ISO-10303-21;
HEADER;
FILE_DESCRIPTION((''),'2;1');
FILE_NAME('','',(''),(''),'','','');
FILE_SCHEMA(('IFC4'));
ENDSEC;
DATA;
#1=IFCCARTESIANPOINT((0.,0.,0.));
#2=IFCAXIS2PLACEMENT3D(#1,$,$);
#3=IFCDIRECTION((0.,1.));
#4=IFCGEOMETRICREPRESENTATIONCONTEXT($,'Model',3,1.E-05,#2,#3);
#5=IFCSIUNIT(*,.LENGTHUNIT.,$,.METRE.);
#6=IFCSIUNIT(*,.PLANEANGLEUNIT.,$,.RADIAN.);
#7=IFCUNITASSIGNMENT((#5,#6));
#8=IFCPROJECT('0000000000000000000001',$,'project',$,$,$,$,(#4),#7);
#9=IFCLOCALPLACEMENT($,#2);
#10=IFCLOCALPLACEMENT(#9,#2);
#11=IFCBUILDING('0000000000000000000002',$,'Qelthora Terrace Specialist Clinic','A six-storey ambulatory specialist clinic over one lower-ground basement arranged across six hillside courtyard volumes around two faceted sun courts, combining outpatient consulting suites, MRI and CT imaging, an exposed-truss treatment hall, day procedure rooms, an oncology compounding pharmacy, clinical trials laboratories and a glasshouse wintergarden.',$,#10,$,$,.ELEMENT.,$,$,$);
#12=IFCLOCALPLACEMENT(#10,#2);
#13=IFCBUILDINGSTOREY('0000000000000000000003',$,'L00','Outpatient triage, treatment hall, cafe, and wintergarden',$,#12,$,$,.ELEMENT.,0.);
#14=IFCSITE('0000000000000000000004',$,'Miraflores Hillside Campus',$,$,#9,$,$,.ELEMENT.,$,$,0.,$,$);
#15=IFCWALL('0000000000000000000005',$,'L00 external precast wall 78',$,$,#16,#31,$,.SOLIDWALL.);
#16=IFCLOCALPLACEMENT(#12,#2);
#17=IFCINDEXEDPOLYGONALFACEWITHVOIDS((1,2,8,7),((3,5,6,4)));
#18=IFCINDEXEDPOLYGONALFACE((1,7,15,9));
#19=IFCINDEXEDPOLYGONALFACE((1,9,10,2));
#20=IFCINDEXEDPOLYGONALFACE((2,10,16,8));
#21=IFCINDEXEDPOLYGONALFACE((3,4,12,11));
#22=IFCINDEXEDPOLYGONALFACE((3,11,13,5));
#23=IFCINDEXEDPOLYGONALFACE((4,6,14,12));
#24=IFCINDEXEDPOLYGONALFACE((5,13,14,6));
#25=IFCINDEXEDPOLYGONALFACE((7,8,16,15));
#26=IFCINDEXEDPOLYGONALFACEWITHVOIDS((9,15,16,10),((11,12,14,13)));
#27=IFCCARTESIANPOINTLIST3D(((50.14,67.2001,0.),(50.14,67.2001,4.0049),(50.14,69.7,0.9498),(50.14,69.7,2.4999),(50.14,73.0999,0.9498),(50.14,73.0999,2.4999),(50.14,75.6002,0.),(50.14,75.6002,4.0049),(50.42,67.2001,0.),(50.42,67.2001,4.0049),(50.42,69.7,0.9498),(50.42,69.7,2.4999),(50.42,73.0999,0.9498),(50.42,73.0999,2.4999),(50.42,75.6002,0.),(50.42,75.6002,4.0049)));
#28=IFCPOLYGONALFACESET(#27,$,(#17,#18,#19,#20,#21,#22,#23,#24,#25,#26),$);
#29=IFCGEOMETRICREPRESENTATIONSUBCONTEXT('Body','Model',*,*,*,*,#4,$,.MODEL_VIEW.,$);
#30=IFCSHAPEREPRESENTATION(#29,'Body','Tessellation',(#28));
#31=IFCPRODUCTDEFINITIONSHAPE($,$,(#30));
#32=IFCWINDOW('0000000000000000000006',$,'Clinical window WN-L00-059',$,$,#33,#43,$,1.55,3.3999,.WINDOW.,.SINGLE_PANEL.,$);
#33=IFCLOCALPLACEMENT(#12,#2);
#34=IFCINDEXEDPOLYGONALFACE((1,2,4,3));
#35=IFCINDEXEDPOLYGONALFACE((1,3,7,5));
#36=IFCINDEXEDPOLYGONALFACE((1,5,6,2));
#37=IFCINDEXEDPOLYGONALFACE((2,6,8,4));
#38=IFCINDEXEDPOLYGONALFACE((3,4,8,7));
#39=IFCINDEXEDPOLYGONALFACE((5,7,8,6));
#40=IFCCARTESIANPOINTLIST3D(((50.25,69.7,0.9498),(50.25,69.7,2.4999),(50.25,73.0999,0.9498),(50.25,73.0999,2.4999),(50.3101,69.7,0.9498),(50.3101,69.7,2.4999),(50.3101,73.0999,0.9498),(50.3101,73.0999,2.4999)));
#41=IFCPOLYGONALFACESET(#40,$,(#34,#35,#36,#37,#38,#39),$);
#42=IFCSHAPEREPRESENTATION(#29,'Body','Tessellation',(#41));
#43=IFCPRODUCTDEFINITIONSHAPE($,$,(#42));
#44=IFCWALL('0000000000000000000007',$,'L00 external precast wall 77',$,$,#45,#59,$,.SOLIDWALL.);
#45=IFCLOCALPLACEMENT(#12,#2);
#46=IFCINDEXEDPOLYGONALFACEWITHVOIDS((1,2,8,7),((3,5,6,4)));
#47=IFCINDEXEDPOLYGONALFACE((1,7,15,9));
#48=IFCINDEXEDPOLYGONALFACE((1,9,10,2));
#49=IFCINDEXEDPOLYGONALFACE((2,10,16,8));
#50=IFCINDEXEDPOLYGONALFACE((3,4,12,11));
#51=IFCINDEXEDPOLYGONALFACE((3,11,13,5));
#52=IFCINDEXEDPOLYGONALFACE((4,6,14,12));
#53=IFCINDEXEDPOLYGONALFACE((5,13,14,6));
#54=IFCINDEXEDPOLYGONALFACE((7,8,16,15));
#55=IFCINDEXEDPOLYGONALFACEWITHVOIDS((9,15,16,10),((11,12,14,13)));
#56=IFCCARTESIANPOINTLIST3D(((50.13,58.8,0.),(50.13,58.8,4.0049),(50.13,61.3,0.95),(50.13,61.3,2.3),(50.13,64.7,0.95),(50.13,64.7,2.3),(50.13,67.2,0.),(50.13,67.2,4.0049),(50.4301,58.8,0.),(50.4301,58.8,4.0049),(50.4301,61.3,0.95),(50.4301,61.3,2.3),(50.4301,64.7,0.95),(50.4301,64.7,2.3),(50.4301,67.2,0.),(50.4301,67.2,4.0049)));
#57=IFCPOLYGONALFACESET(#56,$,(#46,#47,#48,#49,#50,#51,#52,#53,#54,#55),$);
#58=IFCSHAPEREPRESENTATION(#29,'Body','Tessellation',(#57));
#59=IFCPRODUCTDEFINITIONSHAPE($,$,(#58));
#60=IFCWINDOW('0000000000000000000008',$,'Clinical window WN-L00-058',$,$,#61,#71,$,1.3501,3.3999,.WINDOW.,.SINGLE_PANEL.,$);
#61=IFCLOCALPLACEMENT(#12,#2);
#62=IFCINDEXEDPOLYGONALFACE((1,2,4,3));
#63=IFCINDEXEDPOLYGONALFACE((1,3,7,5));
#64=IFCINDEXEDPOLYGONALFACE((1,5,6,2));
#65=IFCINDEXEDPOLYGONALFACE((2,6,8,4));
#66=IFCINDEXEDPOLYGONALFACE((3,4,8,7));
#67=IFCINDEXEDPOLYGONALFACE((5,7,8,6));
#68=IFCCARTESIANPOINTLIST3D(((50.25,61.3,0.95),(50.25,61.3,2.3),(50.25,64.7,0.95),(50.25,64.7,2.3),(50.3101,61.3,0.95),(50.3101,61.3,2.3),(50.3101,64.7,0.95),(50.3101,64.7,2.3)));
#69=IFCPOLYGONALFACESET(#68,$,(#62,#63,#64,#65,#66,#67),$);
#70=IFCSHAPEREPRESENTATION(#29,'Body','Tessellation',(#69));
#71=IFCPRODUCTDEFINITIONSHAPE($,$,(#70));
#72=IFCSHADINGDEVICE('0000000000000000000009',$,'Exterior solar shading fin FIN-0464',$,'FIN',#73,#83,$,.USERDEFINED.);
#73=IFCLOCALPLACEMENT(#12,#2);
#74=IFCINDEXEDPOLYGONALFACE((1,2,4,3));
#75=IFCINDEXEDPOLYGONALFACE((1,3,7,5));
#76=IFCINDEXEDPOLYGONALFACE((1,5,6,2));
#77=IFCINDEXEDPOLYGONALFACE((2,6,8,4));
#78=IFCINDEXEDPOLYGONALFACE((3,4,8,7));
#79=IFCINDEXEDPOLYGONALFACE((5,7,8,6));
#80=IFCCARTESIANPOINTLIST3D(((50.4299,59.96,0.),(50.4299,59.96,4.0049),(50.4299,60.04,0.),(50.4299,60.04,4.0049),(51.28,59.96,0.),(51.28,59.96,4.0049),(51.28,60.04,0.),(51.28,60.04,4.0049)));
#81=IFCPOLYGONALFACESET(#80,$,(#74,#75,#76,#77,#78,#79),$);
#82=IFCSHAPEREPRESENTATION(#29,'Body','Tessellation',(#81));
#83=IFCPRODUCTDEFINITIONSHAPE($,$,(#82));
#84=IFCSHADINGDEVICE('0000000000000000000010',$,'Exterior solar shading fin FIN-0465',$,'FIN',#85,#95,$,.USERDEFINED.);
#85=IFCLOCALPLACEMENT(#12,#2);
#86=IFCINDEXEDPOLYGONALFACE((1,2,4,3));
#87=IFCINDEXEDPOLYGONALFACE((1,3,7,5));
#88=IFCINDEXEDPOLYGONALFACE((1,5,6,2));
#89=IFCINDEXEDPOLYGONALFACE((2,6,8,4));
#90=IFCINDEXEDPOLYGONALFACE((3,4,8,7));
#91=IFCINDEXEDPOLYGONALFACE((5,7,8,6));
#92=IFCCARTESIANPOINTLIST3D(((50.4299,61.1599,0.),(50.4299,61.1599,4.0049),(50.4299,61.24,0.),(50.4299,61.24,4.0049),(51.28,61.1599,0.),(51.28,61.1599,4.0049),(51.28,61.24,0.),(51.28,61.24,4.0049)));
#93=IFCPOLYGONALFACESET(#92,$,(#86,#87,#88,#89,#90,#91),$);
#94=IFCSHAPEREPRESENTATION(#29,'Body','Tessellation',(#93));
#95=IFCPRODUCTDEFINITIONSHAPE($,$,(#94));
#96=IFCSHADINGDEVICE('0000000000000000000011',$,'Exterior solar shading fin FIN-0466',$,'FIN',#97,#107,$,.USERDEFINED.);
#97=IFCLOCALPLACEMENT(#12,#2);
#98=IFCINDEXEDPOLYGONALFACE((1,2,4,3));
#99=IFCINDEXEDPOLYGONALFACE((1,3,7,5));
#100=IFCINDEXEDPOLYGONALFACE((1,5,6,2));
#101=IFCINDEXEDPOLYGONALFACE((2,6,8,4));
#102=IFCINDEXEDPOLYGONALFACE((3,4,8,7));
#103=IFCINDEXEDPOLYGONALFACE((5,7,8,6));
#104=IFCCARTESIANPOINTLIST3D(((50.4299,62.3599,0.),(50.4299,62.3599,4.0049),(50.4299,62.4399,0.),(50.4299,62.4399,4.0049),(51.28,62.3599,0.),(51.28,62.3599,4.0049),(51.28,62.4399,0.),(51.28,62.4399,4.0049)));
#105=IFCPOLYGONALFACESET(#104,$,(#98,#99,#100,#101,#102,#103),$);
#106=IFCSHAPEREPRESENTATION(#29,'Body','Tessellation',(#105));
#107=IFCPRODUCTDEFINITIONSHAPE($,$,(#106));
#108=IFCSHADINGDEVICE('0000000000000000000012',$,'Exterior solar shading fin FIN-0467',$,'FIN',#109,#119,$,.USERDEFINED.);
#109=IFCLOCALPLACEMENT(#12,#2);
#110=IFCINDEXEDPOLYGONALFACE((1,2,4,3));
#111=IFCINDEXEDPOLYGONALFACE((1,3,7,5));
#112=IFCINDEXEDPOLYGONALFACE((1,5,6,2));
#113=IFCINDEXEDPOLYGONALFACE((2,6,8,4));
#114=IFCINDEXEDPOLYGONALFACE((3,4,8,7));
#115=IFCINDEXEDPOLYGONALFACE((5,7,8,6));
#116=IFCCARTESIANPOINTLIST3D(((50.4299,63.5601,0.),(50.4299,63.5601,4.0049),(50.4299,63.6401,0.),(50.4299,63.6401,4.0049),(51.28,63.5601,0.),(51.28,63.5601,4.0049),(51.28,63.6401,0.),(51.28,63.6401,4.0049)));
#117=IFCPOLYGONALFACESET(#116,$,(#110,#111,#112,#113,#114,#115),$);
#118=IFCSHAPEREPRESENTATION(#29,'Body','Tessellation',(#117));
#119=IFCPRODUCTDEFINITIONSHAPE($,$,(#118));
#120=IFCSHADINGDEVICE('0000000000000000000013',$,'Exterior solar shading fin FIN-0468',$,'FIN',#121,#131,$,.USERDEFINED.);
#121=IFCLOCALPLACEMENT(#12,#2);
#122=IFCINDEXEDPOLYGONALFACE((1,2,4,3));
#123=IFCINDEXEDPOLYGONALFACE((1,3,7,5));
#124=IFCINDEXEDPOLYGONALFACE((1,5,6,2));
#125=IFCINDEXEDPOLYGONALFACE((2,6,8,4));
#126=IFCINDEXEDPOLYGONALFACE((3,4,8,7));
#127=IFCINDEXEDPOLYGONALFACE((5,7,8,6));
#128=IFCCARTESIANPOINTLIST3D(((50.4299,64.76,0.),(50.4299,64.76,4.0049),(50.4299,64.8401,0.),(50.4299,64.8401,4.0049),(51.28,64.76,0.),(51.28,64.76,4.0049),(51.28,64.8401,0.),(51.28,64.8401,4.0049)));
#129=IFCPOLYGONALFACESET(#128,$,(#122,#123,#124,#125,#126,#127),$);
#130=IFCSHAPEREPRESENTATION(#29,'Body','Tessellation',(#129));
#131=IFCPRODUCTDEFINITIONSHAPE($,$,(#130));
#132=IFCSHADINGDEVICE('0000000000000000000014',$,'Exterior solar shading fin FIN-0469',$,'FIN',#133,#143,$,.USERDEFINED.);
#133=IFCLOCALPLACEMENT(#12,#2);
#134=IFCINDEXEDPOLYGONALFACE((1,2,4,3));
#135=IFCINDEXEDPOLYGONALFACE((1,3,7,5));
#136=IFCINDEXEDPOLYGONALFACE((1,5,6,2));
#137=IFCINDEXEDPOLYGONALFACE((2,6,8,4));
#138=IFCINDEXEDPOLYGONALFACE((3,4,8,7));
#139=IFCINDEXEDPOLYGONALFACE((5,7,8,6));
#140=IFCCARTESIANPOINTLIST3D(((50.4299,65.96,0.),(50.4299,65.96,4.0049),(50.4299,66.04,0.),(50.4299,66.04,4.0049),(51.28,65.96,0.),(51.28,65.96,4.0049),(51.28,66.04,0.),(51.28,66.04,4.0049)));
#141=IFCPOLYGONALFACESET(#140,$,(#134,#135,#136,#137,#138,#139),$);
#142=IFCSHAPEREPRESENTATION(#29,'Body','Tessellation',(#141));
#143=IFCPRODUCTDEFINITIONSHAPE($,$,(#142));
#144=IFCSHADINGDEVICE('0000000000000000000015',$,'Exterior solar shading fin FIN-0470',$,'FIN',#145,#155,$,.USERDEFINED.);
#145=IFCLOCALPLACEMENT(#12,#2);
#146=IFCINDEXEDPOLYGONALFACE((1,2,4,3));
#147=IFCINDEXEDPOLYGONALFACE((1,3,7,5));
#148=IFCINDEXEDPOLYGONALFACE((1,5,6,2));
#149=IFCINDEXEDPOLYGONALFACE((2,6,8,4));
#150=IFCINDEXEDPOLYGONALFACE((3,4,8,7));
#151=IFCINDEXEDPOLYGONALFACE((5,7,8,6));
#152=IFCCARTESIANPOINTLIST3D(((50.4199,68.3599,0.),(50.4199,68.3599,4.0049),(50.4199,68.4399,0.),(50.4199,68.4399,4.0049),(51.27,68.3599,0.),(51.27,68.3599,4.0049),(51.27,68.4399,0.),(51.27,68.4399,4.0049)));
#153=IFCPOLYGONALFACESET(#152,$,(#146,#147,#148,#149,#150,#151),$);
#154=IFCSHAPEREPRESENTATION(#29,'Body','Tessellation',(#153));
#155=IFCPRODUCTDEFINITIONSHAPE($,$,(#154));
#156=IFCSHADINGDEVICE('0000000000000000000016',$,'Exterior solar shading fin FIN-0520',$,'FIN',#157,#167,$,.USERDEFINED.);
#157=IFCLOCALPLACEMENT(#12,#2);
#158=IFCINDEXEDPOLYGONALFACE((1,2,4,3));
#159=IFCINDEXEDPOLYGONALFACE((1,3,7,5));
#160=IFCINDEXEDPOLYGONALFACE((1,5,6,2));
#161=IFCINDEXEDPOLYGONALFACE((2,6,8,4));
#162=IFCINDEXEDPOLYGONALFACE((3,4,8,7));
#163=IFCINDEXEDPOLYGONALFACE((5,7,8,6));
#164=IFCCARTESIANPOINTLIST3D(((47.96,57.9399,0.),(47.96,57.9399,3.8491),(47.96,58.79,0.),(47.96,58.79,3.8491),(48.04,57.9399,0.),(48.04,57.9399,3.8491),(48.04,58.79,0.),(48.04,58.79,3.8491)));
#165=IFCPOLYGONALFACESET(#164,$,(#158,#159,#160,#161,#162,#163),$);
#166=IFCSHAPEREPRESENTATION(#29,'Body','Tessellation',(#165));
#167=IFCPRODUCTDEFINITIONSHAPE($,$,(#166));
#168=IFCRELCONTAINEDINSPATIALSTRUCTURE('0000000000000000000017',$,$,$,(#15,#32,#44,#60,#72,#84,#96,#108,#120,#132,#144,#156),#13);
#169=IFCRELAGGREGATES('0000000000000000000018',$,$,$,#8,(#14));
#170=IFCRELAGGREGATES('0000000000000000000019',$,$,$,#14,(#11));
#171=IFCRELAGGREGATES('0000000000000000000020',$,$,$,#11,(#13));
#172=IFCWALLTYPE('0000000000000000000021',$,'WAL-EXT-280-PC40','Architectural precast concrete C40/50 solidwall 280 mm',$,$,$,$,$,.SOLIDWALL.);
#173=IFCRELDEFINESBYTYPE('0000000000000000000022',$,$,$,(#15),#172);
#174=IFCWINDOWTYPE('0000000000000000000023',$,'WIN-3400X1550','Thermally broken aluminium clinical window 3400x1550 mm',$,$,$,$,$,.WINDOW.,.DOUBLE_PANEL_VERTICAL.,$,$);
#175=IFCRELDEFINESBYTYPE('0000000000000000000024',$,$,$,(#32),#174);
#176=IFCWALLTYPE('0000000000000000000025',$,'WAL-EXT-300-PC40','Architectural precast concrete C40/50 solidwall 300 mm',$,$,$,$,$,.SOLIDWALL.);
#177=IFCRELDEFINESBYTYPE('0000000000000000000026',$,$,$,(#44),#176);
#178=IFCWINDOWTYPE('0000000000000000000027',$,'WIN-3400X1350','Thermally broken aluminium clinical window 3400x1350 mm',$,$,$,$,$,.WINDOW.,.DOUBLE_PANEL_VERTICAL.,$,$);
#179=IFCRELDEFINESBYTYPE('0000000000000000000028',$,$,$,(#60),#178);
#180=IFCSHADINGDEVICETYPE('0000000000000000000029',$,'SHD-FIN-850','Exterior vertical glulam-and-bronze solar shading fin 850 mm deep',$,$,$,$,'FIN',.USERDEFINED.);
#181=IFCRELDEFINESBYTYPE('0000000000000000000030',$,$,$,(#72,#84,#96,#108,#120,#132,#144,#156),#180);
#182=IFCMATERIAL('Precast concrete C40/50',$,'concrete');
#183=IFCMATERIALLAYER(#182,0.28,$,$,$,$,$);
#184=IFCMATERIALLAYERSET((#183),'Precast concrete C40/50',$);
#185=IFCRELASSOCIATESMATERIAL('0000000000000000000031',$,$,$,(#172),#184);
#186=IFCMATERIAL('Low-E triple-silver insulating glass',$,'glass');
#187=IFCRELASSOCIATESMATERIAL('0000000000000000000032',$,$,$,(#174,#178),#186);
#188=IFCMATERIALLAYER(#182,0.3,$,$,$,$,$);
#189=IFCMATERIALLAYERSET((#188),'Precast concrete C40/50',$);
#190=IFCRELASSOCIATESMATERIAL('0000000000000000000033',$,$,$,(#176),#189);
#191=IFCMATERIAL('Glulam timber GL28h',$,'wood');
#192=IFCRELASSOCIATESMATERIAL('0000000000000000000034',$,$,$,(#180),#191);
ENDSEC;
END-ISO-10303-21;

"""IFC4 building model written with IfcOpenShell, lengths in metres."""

from ifc_helpers import new_model, si_unit, direction, frame, frame_2d, origin, origin_2d, place, context, subcontext, project, spatial, rectangle, extrude, material, layer, layer_set, type_object, element, fill, save


model = new_model("IFC4")

# Units and contexts
model_context = context("Model", 3, precision=1e-05, world=origin(), true_north=direction((0.0, 1.0)))
body_context = subcontext(model_context, "Body", "Model", "MODEL_VIEW")
ifc_project = project(units=[si_unit("LENGTHUNIT", "METRE"), si_unit("PLANEANGLEUNIT", "RADIAN")], contexts=[model_context])

# Site, building, storey
site_placement = place(None, origin())
site = spatial("IfcSite", under=ifc_project, at=site_placement, Name="Miraflores Hillside Campus", CompositionType="ELEMENT", RefElevation=0.0)
building_placement = place(site_placement, origin())
building = spatial("IfcBuilding", under=site, at=building_placement, Name="Qelthora Terrace Specialist Clinic", Description="A six-storey ambulatory specialist clinic over one lower-ground basement arranged across six hillside courtyard volumes around two faceted sun courts, combining outpatient consulting suites, MRI and CT imaging, an exposed-truss treatment hall, day procedure rooms, an oncology compounding pharmacy, clinical trials laboratories and a glasshouse wintergarden.", CompositionType="ELEMENT")
storey_placement = place(building_placement, origin())
storey = spatial("IfcBuildingStorey", under=building, at=storey_placement, Name="L00", Description="Outpatient triage, treatment hall, cafe, and wintergarden", CompositionType="ELEMENT", Elevation=0.0)

# Walls, openings, windows
ifc_material_1 = material(Name="Precast concrete C40/50", Category="concrete")
ifc_layer_1 = layer(ifc_material_1, 0.28)
ifc_layer_set_1 = layer_set([ifc_layer_1], Name="Precast concrete C40/50")
wall_type_1 = type_object("IfcWallType", Name="WAL-EXT-280-PC40", Description="Architectural precast concrete C40/50 solidwall 280 mm", PredefinedType="SOLIDWALL", material=ifc_layer_set_1)
wall_1_placement = place(storey_placement, frame((50.28, 67.2, 0.0), z_axis=(0.0, 0.0, 1.0), x_axis=(0.0, 1.0, 0.0)))
wall_1 = element("IfcWall", 1, at=wall_1_placement, inside=storey, type_object=wall_type_1, Name="L00 external precast wall 78", PredefinedType="SOLIDWALL", context=body_context, shape_type="SweptSolid", body=[
    extrude(rectangle(XDim=8.4001, YDim=0.28, at=frame_2d((4.2002, 0.0))), origin(), (0.0, 0.0, 1.0), 4.0049),
])
opening_1_placement = place(wall_1_placement, frame((2.5, 0.0, 0.95)))
opening_1 = element("IfcOpeningElement", 2, at=opening_1_placement, cuts=wall_1, PredefinedType="OPENING", context=body_context, shape_type="SweptSolid", body=[
    extrude(rectangle(XDim=3.3999, YDim=1.55, at=frame_2d((1.7, 0.7749))), frame((0.0, 0.1499, 0.0), z_axis=(0.0, -1.0, 0.0), x_axis=(1.0, 0.0, 0.0)), (0.0, 0.0, 1.0), 0.3),
])
ifc_material_2 = material(Name="Low-E triple-silver insulating glass", Category="glass")
window_type_1 = type_object("IfcWindowType", Name="WIN-3400X1550", Description="Thermally broken aluminium clinical window 3400x1550 mm", PartitioningType="DOUBLE_PANEL_VERTICAL", PredefinedType="WINDOW", material=ifc_material_2)
window_1_placement = place(opening_1_placement, origin())
window_1 = element("IfcWindow", 3, at=window_1_placement, inside=storey, type_object=window_type_1, Name="Clinical window WN-L00-059", OverallHeight=1.55, OverallWidth=3.3999, PartitioningType="SINGLE_PANEL", PredefinedType="WINDOW", context=body_context, shape_type="SweptSolid", body=[
    extrude(rectangle(XDim=3.3999, YDim=1.55, at=frame_2d((1.7, 0.7749))), frame((0.0, 0.03, 0.0), z_axis=(0.0, -1.0, 0.0), x_axis=(1.0, 0.0, 0.0)), (0.0, 0.0, 1.0), 0.0601),
])
fill(opening_1, window_1)
ifc_layer_2 = layer(ifc_material_1, 0.3)
ifc_layer_set_2 = layer_set([ifc_layer_2], Name="Precast concrete C40/50")
wall_type_2 = type_object("IfcWallType", Name="WAL-EXT-300-PC40", Description="Architectural precast concrete C40/50 solidwall 300 mm", PredefinedType="SOLIDWALL", material=ifc_layer_set_2)
wall_2_placement = place(storey_placement, frame((50.28, 58.8, 0.0), z_axis=(0.0, 0.0, 1.0), x_axis=(0.0, 1.0, 0.0)))
wall_2 = element("IfcWall", 4, at=wall_2_placement, inside=storey, type_object=wall_type_2, Name="L00 external precast wall 77", PredefinedType="SOLIDWALL", context=body_context, shape_type="SweptSolid", body=[
    extrude(rectangle(XDim=8.3999, YDim=0.3, at=frame_2d((4.2, 0.0))), origin(), (0.0, 0.0, 1.0), 4.0049),
])
opening_2_placement = place(wall_2_placement, frame((2.5, 0.0, 0.95)))
opening_2 = element("IfcOpeningElement", 5, at=opening_2_placement, cuts=wall_2, PredefinedType="OPENING", context=body_context, shape_type="SweptSolid", body=[
    extrude(rectangle(XDim=3.3999, YDim=1.3501, at=frame_2d((1.7, 0.675))), frame((0.0, 0.1599, 0.0), z_axis=(0.0, -1.0, 0.0), x_axis=(1.0, 0.0, 0.0)), (0.0, 0.0, 1.0), 0.3201),
])
window_type_2 = type_object("IfcWindowType", Name="WIN-3400X1350", Description="Thermally broken aluminium clinical window 3400x1350 mm", PartitioningType="DOUBLE_PANEL_VERTICAL", PredefinedType="WINDOW", material=ifc_material_2)
window_2_placement = place(opening_2_placement, origin())
window_2 = element("IfcWindow", 6, at=window_2_placement, inside=storey, type_object=window_type_2, Name="Clinical window WN-L00-058", OverallHeight=1.3501, OverallWidth=3.3999, PartitioningType="SINGLE_PANEL", PredefinedType="WINDOW", context=body_context, shape_type="SweptSolid", body=[
    extrude(rectangle(XDim=3.3999, YDim=1.3501, at=frame_2d((1.7, 0.675))), frame((0.0, 0.03, 0.0), z_axis=(0.0, -1.0, 0.0), x_axis=(1.0, 0.0, 0.0)), (0.0, 0.0, 1.0), 0.0601),
])
fill(opening_2, window_2)

# Shading devices
ifc_material_3 = material(Name="Glulam timber GL28h", Category="wood")
shading_device_type = type_object("IfcShadingDeviceType", Name="SHD-FIN-850", Description="Exterior vertical glulam-and-bronze solar shading fin 850 mm deep", ElementType="FIN", PredefinedType="USERDEFINED", material=ifc_material_3)
for number, where, z_axis, x_axis, name in (
    (7, (50.855, 60.0, 0.0), (0.0, 0.0, 1.0), (1.0, 0.0, 0.0), "Exterior solar shading fin FIN-0464"),
    (8, (50.855, 61.2, 0.0), (0.0, 0.0, 1.0), (1.0, 0.0, 0.0), "Exterior solar shading fin FIN-0465"),
    (9, (50.855, 62.3999, 0.0), (0.0, 0.0, 1.0), (1.0, 0.0, 0.0), "Exterior solar shading fin FIN-0466"),
    (10, (50.855, 63.6001, 0.0), (0.0, 0.0, 1.0), (1.0, 0.0, 0.0), "Exterior solar shading fin FIN-0467"),
    (11, (50.855, 64.8, 0.0), (0.0, 0.0, 1.0), (1.0, 0.0, 0.0), "Exterior solar shading fin FIN-0468"),
    (12, (50.855, 66.0, 0.0), (0.0, 0.0, 1.0), (1.0, 0.0, 0.0), "Exterior solar shading fin FIN-0469"),
    (13, (50.845, 68.3999, 0.0), (0.0, 0.0, 1.0), (1.0, 0.0, 0.0), "Exterior solar shading fin FIN-0470"),
):
    element("IfcShadingDevice", number, at=place(storey_placement, frame(where, z_axis=z_axis, x_axis=x_axis)), inside=storey, type_object=shading_device_type, Name=name, ObjectType="FIN", PredefinedType="USERDEFINED", context=body_context, shape_type="SweptSolid", body=[
        extrude(rectangle(XDim=0.8501, YDim=0.0801, at=origin_2d()), origin(), (0.0, 0.0, 1.0), 4.0049),
    ])
shading_device_placement = place(storey_placement, frame((48.0, 58.365, 0.0), z_axis=(0.0, 0.0, 1.0), x_axis=(0.0, -1.0, 0.0)))
element("IfcShadingDevice", 14, at=shading_device_placement, inside=storey, type_object=shading_device_type, Name="Exterior solar shading fin FIN-0520", ObjectType="FIN", PredefinedType="USERDEFINED", context=body_context, shape_type="SweptSolid", body=[
    extrude(rectangle(XDim=0.8501, YDim=0.0801, at=origin_2d()), origin(), (0.0, 0.0, 1.0), 3.8491),
])

save(model, "model.ifc")
